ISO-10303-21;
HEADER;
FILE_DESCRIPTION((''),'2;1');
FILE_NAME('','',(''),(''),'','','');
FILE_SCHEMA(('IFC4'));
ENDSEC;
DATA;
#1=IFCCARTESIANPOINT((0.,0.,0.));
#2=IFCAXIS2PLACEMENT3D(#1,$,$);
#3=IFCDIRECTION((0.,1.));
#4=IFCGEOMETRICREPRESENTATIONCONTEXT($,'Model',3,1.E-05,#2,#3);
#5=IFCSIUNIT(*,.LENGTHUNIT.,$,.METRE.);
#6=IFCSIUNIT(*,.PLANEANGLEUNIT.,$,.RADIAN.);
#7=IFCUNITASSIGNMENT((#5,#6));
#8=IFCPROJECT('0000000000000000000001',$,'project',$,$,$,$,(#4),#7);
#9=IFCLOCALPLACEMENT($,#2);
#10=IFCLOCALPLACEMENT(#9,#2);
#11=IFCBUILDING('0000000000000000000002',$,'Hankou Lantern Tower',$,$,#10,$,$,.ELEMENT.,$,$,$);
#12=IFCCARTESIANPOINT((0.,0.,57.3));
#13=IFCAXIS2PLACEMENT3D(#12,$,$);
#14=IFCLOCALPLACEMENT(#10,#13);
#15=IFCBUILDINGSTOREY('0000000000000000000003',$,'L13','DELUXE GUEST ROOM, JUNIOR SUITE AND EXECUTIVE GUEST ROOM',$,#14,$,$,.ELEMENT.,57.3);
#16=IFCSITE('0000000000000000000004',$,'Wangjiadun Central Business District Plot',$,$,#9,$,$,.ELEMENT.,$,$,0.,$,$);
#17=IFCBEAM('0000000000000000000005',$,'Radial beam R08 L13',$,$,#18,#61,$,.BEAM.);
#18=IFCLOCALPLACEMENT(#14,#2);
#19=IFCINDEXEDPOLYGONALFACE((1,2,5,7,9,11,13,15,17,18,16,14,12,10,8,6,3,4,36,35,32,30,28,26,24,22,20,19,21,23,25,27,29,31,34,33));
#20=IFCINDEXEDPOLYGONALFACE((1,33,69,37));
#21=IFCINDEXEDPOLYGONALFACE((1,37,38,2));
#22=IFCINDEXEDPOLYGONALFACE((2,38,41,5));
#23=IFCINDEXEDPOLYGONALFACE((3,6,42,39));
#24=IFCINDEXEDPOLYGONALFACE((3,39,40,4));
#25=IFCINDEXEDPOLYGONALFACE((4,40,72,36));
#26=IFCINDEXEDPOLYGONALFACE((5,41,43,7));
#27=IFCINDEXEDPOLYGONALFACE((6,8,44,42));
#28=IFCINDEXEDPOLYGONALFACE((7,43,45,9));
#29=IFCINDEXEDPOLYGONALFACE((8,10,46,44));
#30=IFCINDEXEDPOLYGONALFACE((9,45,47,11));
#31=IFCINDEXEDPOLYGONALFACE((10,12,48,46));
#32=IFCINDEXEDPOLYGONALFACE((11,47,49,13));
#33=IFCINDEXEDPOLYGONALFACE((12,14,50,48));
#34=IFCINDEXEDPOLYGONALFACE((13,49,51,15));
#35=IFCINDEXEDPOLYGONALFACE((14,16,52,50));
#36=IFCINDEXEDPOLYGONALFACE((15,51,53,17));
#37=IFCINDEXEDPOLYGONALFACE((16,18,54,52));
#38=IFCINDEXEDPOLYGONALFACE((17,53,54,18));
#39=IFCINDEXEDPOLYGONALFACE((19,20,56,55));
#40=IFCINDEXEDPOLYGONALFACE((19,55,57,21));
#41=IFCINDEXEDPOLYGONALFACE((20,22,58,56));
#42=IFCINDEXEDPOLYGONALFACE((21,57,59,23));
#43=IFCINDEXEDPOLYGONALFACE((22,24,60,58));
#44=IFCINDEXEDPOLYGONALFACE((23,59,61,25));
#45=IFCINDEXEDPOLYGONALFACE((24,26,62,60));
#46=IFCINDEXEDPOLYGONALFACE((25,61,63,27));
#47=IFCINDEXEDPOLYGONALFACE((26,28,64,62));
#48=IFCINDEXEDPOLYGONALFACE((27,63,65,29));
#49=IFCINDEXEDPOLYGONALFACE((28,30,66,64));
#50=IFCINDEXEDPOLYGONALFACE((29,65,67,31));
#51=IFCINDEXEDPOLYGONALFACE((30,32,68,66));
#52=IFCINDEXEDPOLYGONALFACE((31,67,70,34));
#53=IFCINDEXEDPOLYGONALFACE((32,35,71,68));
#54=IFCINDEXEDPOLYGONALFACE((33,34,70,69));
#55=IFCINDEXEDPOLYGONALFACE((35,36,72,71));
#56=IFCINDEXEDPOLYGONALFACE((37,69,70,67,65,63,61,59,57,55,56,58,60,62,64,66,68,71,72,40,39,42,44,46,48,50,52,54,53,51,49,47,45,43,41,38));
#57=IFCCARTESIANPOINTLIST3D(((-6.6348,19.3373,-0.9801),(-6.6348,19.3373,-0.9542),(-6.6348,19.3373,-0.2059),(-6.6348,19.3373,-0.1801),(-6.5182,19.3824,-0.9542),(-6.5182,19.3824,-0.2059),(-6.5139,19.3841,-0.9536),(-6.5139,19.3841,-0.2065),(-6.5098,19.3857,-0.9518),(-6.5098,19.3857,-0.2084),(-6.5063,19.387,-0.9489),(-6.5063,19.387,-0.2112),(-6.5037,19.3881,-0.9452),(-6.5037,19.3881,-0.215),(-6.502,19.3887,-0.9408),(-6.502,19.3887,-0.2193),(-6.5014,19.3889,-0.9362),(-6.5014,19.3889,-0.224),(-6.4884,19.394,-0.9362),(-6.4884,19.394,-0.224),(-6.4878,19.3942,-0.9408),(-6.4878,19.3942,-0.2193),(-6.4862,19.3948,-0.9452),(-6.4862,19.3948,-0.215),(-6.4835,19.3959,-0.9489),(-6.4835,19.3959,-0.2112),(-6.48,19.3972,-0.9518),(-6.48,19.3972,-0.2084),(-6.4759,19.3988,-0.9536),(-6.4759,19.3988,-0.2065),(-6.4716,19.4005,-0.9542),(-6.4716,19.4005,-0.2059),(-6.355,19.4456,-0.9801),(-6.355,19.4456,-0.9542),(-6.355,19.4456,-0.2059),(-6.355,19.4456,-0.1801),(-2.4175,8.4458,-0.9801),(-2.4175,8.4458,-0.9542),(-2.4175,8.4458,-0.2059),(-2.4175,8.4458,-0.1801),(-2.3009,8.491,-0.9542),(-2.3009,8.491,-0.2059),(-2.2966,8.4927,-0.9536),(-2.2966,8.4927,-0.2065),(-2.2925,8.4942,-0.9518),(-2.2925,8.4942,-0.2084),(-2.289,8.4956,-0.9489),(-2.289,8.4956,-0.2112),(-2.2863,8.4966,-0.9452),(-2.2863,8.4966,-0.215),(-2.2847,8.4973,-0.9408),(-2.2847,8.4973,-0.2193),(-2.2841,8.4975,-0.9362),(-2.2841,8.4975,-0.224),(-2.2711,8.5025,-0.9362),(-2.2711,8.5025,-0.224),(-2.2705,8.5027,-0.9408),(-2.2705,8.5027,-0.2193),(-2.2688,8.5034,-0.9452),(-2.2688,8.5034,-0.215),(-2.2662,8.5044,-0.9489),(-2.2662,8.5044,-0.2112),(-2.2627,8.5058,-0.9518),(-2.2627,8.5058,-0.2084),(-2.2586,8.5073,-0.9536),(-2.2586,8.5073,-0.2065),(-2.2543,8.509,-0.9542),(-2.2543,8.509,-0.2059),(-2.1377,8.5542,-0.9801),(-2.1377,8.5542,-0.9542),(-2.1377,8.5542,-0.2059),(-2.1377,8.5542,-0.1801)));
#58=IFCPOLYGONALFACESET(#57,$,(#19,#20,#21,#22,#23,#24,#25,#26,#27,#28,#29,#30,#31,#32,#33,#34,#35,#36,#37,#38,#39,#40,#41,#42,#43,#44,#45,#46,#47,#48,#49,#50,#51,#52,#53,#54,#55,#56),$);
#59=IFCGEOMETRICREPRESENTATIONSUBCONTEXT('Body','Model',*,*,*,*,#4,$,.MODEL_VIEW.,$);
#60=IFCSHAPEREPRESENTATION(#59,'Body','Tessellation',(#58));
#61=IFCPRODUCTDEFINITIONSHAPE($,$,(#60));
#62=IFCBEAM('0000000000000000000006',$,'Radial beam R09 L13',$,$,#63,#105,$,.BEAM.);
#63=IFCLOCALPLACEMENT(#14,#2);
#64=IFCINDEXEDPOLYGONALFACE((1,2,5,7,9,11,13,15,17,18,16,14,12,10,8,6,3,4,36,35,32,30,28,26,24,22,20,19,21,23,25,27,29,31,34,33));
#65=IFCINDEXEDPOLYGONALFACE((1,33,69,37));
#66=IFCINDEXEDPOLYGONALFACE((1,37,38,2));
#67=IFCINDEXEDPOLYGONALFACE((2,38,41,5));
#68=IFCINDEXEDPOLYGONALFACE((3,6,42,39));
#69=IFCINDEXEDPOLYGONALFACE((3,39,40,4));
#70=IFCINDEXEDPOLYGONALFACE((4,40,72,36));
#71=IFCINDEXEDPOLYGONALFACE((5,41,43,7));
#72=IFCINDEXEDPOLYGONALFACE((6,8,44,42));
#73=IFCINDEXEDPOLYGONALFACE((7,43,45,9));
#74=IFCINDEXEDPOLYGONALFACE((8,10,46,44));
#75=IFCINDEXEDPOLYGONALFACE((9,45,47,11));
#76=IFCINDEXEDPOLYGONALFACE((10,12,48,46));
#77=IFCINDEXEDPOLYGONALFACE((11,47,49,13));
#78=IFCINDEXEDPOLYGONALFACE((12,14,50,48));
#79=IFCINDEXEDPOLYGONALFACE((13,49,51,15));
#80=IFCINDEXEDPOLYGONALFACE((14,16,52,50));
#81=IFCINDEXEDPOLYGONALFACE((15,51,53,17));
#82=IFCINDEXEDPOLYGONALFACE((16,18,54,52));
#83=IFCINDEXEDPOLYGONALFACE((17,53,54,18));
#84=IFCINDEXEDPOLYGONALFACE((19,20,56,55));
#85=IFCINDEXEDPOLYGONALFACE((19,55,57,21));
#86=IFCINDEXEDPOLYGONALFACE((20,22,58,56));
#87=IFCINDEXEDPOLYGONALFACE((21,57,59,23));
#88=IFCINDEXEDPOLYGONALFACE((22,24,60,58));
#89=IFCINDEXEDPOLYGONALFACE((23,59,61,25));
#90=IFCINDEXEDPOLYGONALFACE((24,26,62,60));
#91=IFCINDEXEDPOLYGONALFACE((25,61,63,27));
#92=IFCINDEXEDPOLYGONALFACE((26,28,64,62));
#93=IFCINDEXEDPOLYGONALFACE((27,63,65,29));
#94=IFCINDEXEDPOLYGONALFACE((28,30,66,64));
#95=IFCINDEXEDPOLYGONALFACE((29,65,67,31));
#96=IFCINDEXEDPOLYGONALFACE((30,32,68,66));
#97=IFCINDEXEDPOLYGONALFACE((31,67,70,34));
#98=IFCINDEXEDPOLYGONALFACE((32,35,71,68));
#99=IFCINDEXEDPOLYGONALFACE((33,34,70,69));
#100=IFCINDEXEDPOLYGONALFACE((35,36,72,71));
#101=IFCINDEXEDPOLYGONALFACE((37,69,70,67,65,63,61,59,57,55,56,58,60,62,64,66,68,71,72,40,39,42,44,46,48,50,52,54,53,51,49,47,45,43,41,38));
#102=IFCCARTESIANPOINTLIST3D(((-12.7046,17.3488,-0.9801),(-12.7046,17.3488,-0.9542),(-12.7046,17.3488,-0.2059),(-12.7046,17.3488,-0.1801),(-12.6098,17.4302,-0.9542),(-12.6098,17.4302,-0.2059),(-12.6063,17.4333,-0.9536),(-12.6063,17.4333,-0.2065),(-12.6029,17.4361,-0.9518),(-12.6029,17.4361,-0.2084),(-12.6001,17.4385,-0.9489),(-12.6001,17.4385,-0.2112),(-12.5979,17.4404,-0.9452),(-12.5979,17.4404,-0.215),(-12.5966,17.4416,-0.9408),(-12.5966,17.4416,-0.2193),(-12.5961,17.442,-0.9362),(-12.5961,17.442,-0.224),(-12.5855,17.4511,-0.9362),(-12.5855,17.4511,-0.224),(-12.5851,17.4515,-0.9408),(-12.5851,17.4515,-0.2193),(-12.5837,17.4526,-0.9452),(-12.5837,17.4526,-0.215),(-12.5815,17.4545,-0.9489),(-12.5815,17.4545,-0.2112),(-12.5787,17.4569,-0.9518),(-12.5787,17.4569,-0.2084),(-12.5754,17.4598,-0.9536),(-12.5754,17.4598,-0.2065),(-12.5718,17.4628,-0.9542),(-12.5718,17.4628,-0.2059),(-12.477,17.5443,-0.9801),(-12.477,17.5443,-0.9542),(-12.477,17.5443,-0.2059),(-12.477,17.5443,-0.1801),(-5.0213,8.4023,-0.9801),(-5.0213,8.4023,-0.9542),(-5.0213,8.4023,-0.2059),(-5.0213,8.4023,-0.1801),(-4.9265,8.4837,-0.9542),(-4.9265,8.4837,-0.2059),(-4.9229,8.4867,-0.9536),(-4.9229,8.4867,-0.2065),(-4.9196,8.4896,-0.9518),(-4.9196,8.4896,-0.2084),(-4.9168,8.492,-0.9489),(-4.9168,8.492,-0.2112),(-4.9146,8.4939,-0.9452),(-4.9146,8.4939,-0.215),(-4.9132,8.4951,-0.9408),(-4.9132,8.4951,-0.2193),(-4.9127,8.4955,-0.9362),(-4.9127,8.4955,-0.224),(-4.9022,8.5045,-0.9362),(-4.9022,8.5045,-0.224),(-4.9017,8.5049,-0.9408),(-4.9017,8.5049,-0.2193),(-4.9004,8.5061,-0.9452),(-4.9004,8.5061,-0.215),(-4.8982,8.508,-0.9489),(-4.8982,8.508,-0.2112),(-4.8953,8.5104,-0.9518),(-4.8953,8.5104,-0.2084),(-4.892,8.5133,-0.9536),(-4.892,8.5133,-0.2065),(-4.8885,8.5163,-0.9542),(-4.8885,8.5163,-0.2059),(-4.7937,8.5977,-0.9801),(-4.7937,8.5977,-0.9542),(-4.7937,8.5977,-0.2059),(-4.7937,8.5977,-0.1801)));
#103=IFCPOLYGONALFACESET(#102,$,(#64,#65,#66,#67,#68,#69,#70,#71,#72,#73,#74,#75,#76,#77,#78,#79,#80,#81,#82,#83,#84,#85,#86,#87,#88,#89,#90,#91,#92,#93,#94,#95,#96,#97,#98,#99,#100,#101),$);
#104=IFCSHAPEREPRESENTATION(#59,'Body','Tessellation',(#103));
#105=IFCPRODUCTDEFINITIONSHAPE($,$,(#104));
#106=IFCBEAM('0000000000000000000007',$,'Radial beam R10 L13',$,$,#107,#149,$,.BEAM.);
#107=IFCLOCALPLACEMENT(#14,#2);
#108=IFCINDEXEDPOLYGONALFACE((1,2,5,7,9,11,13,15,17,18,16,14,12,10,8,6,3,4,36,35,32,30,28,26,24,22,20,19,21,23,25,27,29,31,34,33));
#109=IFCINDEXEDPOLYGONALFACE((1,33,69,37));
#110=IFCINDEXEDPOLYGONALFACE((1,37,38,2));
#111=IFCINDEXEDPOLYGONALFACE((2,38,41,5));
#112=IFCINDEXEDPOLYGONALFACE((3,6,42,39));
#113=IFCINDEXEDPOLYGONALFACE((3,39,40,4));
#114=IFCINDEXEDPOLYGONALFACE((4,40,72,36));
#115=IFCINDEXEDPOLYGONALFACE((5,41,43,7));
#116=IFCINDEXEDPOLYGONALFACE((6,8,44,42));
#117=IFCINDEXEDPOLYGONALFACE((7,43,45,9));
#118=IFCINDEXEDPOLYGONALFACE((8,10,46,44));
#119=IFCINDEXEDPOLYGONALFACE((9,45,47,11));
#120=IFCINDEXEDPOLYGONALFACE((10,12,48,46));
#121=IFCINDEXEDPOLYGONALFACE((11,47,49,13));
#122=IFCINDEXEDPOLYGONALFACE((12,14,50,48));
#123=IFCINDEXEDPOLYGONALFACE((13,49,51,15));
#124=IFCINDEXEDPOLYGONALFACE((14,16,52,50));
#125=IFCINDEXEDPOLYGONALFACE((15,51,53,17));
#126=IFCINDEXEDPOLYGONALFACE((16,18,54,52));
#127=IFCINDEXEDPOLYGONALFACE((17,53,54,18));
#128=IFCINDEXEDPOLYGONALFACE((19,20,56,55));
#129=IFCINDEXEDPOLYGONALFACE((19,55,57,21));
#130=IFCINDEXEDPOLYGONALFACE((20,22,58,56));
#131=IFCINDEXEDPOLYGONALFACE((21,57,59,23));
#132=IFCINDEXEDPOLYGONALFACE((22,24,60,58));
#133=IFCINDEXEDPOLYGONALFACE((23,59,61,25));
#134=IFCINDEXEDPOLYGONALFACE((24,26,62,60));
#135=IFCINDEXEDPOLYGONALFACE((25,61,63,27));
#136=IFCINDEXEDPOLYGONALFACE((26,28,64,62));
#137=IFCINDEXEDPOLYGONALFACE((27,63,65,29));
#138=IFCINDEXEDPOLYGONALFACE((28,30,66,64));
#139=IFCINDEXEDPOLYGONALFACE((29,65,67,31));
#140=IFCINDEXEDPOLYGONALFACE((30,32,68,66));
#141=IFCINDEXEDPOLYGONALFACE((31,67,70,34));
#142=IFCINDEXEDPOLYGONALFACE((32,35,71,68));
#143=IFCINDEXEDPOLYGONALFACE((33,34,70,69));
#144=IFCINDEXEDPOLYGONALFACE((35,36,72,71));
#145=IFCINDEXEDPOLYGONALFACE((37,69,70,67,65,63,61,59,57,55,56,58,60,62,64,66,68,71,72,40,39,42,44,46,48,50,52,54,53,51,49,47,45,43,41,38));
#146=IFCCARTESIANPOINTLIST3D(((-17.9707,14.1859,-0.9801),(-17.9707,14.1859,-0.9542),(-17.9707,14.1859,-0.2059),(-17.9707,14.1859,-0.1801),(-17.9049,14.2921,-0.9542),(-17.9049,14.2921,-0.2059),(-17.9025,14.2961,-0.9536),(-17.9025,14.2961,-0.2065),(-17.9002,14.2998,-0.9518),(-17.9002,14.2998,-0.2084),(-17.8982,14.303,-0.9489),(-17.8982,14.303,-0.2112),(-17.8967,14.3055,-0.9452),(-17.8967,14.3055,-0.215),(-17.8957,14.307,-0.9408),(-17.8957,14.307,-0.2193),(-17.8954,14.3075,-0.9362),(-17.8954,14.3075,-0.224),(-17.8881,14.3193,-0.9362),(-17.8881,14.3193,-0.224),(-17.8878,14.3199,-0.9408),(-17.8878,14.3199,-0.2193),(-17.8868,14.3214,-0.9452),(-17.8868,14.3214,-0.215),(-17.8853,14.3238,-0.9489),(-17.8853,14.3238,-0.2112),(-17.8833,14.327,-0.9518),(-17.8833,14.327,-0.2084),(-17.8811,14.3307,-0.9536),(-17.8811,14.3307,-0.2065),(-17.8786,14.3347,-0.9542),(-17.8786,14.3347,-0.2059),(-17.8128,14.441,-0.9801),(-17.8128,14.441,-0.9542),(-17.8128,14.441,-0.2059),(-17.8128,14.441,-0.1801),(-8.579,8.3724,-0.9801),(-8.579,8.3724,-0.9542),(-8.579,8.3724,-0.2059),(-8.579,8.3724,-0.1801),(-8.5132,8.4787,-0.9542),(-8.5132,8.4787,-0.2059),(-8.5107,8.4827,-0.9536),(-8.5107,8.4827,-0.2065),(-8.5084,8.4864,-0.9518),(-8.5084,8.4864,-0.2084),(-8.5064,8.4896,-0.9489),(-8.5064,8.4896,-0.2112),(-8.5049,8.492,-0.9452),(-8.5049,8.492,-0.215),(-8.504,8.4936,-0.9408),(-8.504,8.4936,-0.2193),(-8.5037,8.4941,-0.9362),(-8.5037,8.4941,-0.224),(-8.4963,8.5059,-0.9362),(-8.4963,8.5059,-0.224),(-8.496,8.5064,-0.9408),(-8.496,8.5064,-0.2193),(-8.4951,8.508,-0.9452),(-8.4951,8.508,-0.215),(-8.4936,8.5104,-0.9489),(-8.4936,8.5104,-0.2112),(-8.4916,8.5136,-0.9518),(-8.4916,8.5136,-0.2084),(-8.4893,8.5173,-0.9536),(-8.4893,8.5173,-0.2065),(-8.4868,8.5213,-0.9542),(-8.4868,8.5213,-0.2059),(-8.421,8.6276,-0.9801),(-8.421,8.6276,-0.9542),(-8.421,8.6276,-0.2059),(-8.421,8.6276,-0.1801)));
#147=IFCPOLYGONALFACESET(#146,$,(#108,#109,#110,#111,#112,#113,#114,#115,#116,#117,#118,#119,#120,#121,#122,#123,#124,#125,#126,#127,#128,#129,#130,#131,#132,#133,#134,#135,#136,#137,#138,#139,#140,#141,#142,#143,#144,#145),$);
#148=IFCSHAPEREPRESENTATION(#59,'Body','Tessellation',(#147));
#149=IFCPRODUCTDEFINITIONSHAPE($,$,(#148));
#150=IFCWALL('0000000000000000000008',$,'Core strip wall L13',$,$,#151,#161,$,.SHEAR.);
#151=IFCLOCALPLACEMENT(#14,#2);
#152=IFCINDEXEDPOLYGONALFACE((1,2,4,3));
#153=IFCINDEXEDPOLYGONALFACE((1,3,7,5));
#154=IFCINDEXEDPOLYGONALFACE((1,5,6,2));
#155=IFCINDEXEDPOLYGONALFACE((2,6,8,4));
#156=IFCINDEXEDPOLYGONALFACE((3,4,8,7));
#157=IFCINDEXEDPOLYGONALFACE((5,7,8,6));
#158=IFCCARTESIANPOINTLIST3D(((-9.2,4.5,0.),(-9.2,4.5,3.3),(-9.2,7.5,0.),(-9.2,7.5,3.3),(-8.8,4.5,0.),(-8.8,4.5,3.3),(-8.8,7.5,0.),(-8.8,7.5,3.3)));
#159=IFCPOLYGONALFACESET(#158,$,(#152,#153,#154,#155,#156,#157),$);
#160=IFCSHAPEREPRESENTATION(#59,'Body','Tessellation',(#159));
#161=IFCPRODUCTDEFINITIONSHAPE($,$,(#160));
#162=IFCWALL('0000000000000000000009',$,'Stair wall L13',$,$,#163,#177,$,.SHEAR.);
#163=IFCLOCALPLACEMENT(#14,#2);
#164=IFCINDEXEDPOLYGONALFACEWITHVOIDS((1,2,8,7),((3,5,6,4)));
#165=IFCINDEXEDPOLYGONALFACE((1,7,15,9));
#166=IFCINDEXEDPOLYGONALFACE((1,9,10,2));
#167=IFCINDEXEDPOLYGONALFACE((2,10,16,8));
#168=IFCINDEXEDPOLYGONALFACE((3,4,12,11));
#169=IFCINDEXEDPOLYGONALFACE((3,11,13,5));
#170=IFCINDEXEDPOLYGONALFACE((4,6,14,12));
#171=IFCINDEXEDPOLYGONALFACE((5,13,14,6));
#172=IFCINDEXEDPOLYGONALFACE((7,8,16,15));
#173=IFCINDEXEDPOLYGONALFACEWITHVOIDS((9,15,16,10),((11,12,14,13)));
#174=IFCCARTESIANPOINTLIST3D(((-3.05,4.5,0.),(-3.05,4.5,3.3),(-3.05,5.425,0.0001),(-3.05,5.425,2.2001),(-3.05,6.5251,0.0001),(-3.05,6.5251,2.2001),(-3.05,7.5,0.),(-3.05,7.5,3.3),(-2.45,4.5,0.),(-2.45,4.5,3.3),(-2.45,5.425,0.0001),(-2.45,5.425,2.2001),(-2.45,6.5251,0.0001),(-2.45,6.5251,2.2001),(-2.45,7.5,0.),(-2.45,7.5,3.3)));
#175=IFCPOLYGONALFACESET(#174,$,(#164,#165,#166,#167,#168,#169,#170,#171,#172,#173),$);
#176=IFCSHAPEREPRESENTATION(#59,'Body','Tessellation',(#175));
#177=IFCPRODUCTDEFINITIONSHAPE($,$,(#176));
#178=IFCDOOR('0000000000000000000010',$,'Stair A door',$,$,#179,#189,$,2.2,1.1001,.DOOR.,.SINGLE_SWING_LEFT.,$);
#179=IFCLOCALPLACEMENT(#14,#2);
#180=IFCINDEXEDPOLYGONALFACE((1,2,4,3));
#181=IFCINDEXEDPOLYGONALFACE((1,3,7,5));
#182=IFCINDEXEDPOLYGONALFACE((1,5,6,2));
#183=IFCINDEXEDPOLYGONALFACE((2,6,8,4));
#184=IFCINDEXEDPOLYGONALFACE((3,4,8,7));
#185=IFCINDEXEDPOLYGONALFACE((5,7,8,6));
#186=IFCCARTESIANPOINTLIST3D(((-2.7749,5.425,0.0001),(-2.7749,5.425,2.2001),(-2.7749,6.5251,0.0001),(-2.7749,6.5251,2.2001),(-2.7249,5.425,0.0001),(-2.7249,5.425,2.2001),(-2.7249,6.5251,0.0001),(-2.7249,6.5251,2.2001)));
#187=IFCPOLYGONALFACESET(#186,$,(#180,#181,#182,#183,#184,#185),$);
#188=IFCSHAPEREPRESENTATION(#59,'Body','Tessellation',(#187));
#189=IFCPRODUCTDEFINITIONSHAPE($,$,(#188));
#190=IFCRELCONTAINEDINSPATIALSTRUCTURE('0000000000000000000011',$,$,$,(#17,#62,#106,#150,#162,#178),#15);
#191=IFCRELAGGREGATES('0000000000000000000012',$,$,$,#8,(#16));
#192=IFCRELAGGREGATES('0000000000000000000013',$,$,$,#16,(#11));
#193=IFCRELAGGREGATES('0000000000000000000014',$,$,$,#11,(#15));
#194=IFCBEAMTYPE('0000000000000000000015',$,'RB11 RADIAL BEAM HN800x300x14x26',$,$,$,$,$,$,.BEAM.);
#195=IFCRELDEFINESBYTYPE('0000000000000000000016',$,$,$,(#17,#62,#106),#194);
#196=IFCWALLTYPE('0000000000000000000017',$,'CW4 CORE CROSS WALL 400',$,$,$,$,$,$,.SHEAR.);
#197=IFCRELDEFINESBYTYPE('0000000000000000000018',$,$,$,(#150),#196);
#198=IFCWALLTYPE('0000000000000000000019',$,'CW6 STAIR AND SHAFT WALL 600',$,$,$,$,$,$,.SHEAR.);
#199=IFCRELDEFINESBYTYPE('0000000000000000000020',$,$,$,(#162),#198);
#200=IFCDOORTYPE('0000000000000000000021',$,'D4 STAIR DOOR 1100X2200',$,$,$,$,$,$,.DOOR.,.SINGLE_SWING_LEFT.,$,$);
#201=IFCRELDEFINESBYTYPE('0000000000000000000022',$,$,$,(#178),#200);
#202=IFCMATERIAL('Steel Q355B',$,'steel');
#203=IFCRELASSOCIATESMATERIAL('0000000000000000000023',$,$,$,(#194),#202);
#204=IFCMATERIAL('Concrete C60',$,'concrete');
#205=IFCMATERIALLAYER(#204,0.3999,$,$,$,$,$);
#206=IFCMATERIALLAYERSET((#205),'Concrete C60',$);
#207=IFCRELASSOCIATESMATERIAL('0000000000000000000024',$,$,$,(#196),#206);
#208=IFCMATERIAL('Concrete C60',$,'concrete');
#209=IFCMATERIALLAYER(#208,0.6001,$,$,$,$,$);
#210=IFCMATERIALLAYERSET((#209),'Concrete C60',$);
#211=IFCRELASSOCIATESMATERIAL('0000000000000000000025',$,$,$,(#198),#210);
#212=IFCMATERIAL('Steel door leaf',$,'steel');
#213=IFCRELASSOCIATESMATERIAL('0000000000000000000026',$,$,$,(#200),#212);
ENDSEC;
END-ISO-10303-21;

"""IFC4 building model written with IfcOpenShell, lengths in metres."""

from ifc_helpers import new_model, si_unit, direction, frame, frame_2d, origin, origin_2d, place, context, subcontext, project, spatial, rectangle, i_section, extrude, material, layer, layer_set, material_profile, profile_set, type_object, element, fill, save


model = new_model("IFC4")

# Units and contexts
model_context = context("Model", 3, precision=1e-05, world=origin(), true_north=direction((0.0, 1.0)))
body_context = subcontext(model_context, "Body", "Model", "MODEL_VIEW")
ifc_project = project(units=[si_unit("LENGTHUNIT", "METRE"), si_unit("PLANEANGLEUNIT", "RADIAN")], contexts=[model_context])

# Site, building, storey
site_placement = place(None, origin())
site = spatial("IfcSite", under=ifc_project, at=site_placement, Name="Wangjiadun Central Business District Plot", CompositionType="ELEMENT", RefElevation=0.0)
building_placement = place(site_placement, origin())
building = spatial("IfcBuilding", under=site, at=building_placement, Name="Hankou Lantern Tower", CompositionType="ELEMENT")
storey_placement = place(building_placement, frame((0.0, 0.0, 57.3)))
storey = spatial("IfcBuildingStorey", under=building, at=storey_placement, Name="L13", Description="DELUXE GUEST ROOM, JUNIOR SUITE AND EXECUTIVE GUEST ROOM", CompositionType="ELEMENT", Elevation=57.3)

# Beams
ifc_material_1 = material(Name="Steel Q355B", Category="steel")
ifc_material_profile = material_profile(ifc_material_1, i_section(OverallWidth=0.3, OverallDepth=0.8, WebThickness=0.0139, FlangeThickness=0.0259, FilletRadius=0.0181, at=origin_2d()), Name="HN800x300x14x26")
ifc_profile_set = profile_set([ifc_material_profile], Name="Steel Q355B")
beam_type = type_object("IfcBeamType", Name="RB11 RADIAL BEAM HN800x300x14x26", PredefinedType="BEAM", material=ifc_profile_set)
beam_1_placement = place(storey_placement, frame((-2.2776, 8.5, -0.5801), z_axis=(-0.361089, 0.932531, 0.0), x_axis=(-0.932531, -0.361089, 0.0)))
element("IfcBeam", 1, at=beam_1_placement, inside=storey, type_object=beam_type, Name="Radial beam R08 L13", PredefinedType="BEAM", context=body_context, shape_type="SweptSolid", body=[
    extrude(i_section(OverallWidth=0.3, OverallDepth=0.8, WebThickness=0.0139, FlangeThickness=0.0259, FilletRadius=0.0181, at=origin_2d()), origin(), (0.0, 0.0, 1.0), 11.6794),
])
beam_2_placement = place(storey_placement, frame((-4.9075, 8.5, -0.5801), z_axis=(-0.651519, 0.758632, 0.0), x_axis=(-0.758632, -0.651519, 0.0)))
element("IfcBeam", 2, at=beam_2_placement, inside=storey, type_object=beam_type, Name="Radial beam R09 L13", PredefinedType="BEAM", context=body_context, shape_type="SweptSolid", body=[
    extrude(i_section(OverallWidth=0.3, OverallDepth=0.8, WebThickness=0.0139, FlangeThickness=0.0259, FilletRadius=0.0181, at=origin_2d()), origin(), (0.0, 0.0, 1.0), 11.793),
])
beam_3_placement = place(storey_placement, frame((-8.5, 8.5, -0.5801), z_axis=(-0.850286, 0.52632, 0.0), x_axis=(-0.52632, -0.850286, 0.0)))
element("IfcBeam", 3, at=beam_3_placement, inside=storey, type_object=beam_type, Name="Radial beam R10 L13", PredefinedType="BEAM", context=body_context, shape_type="SweptSolid", body=[
    extrude(i_section(OverallWidth=0.3, OverallDepth=0.8, WebThickness=0.0139, FlangeThickness=0.0259, FilletRadius=0.0181, at=origin_2d()), origin(), (0.0, 0.0, 1.0), 11.0454),
])

# Wall
ifc_material_2 = material(Name="Concrete C60", Category="concrete")
ifc_layer_1 = layer(ifc_material_2, 0.3999)
ifc_layer_set_1 = layer_set([ifc_layer_1], Name="Concrete C60")
wall_type_1 = type_object("IfcWallType", Name="CW4 CORE CROSS WALL 400", PredefinedType="SHEAR", material=ifc_layer_set_1)
wall_1_placement = place(storey_placement, frame((-9.0, 4.5, 0.0), z_axis=(0.0, 0.0, 1.0), x_axis=(0.0, 1.0, 0.0)))
element("IfcWall", 4, at=wall_1_placement, inside=storey, type_object=wall_type_1, Name="Core strip wall L13", PredefinedType="SHEAR", context=body_context, shape_type="SweptSolid", body=[
    extrude(rectangle(XDim=3.0, YDim=0.3999, at=frame_2d((1.5, 0.0))), origin(), (0.0, 0.0, 1.0), 3.3),
])

# Wall, opening, door
ifc_material_3 = material(Name="Concrete C60", Category="concrete")
ifc_layer_2 = layer(ifc_material_3, 0.6001)
ifc_layer_set_2 = layer_set([ifc_layer_2], Name="Concrete C60")
wall_type_2 = type_object("IfcWallType", Name="CW6 STAIR AND SHAFT WALL 600", PredefinedType="SHEAR", material=ifc_layer_set_2)
wall_2_placement = place(storey_placement, frame((-2.75, 4.5, 0.0), z_axis=(0.0, 0.0, 1.0), x_axis=(0.0, 1.0, 0.0)))
wall_2 = element("IfcWall", 5, at=wall_2_placement, inside=storey, type_object=wall_type_2, Name="Stair wall L13", PredefinedType="SHEAR", context=body_context, shape_type="SweptSolid", body=[
    extrude(rectangle(XDim=3.0, YDim=0.6001, at=frame_2d((1.5, 0.0))), origin(), (0.0, 0.0, 1.0), 3.3),
])
opening_placement = place(wall_2_placement, frame((0.925, 0.0, 0.0)))
opening = element("IfcOpeningElement", 6, at=opening_placement, cuts=wall_2, PredefinedType="OPENING", context=body_context, shape_type="SweptSolid", body=[
    extrude(rectangle(XDim=1.1001, YDim=2.2, at=frame_2d((0.55, 1.1001))), frame((0.0, 0.3101, 0.0), z_axis=(0.0, -1.0, 0.0), x_axis=(1.0, 0.0, 0.0)), (0.0, 0.0, 1.0), 0.6201),
])
ifc_material_4 = material(Name="Steel door leaf", Category="steel")
door_type = type_object("IfcDoorType", Name="D4 STAIR DOOR 1100X2200", OperationType="SINGLE_SWING_LEFT", PredefinedType="DOOR", material=ifc_material_4)
door_placement = place(opening_placement, origin())
door = element("IfcDoor", 7, at=door_placement, inside=storey, type_object=door_type, Name="Stair A door", OperationType="SINGLE_SWING_LEFT", OverallHeight=2.2, OverallWidth=1.1001, PredefinedType="DOOR", context=body_context, shape_type="SweptSolid", body=[
    extrude(rectangle(XDim=1.1001, YDim=2.2, at=frame_2d((0.55, 1.1001))), frame((0.0, 0.0249, 0.0), z_axis=(0.0, -1.0, 0.0), x_axis=(1.0, 0.0, 0.0)), (0.0, 0.0, 1.0), 0.05),
])
fill(opening, door)

save(model, "model.ifc")
